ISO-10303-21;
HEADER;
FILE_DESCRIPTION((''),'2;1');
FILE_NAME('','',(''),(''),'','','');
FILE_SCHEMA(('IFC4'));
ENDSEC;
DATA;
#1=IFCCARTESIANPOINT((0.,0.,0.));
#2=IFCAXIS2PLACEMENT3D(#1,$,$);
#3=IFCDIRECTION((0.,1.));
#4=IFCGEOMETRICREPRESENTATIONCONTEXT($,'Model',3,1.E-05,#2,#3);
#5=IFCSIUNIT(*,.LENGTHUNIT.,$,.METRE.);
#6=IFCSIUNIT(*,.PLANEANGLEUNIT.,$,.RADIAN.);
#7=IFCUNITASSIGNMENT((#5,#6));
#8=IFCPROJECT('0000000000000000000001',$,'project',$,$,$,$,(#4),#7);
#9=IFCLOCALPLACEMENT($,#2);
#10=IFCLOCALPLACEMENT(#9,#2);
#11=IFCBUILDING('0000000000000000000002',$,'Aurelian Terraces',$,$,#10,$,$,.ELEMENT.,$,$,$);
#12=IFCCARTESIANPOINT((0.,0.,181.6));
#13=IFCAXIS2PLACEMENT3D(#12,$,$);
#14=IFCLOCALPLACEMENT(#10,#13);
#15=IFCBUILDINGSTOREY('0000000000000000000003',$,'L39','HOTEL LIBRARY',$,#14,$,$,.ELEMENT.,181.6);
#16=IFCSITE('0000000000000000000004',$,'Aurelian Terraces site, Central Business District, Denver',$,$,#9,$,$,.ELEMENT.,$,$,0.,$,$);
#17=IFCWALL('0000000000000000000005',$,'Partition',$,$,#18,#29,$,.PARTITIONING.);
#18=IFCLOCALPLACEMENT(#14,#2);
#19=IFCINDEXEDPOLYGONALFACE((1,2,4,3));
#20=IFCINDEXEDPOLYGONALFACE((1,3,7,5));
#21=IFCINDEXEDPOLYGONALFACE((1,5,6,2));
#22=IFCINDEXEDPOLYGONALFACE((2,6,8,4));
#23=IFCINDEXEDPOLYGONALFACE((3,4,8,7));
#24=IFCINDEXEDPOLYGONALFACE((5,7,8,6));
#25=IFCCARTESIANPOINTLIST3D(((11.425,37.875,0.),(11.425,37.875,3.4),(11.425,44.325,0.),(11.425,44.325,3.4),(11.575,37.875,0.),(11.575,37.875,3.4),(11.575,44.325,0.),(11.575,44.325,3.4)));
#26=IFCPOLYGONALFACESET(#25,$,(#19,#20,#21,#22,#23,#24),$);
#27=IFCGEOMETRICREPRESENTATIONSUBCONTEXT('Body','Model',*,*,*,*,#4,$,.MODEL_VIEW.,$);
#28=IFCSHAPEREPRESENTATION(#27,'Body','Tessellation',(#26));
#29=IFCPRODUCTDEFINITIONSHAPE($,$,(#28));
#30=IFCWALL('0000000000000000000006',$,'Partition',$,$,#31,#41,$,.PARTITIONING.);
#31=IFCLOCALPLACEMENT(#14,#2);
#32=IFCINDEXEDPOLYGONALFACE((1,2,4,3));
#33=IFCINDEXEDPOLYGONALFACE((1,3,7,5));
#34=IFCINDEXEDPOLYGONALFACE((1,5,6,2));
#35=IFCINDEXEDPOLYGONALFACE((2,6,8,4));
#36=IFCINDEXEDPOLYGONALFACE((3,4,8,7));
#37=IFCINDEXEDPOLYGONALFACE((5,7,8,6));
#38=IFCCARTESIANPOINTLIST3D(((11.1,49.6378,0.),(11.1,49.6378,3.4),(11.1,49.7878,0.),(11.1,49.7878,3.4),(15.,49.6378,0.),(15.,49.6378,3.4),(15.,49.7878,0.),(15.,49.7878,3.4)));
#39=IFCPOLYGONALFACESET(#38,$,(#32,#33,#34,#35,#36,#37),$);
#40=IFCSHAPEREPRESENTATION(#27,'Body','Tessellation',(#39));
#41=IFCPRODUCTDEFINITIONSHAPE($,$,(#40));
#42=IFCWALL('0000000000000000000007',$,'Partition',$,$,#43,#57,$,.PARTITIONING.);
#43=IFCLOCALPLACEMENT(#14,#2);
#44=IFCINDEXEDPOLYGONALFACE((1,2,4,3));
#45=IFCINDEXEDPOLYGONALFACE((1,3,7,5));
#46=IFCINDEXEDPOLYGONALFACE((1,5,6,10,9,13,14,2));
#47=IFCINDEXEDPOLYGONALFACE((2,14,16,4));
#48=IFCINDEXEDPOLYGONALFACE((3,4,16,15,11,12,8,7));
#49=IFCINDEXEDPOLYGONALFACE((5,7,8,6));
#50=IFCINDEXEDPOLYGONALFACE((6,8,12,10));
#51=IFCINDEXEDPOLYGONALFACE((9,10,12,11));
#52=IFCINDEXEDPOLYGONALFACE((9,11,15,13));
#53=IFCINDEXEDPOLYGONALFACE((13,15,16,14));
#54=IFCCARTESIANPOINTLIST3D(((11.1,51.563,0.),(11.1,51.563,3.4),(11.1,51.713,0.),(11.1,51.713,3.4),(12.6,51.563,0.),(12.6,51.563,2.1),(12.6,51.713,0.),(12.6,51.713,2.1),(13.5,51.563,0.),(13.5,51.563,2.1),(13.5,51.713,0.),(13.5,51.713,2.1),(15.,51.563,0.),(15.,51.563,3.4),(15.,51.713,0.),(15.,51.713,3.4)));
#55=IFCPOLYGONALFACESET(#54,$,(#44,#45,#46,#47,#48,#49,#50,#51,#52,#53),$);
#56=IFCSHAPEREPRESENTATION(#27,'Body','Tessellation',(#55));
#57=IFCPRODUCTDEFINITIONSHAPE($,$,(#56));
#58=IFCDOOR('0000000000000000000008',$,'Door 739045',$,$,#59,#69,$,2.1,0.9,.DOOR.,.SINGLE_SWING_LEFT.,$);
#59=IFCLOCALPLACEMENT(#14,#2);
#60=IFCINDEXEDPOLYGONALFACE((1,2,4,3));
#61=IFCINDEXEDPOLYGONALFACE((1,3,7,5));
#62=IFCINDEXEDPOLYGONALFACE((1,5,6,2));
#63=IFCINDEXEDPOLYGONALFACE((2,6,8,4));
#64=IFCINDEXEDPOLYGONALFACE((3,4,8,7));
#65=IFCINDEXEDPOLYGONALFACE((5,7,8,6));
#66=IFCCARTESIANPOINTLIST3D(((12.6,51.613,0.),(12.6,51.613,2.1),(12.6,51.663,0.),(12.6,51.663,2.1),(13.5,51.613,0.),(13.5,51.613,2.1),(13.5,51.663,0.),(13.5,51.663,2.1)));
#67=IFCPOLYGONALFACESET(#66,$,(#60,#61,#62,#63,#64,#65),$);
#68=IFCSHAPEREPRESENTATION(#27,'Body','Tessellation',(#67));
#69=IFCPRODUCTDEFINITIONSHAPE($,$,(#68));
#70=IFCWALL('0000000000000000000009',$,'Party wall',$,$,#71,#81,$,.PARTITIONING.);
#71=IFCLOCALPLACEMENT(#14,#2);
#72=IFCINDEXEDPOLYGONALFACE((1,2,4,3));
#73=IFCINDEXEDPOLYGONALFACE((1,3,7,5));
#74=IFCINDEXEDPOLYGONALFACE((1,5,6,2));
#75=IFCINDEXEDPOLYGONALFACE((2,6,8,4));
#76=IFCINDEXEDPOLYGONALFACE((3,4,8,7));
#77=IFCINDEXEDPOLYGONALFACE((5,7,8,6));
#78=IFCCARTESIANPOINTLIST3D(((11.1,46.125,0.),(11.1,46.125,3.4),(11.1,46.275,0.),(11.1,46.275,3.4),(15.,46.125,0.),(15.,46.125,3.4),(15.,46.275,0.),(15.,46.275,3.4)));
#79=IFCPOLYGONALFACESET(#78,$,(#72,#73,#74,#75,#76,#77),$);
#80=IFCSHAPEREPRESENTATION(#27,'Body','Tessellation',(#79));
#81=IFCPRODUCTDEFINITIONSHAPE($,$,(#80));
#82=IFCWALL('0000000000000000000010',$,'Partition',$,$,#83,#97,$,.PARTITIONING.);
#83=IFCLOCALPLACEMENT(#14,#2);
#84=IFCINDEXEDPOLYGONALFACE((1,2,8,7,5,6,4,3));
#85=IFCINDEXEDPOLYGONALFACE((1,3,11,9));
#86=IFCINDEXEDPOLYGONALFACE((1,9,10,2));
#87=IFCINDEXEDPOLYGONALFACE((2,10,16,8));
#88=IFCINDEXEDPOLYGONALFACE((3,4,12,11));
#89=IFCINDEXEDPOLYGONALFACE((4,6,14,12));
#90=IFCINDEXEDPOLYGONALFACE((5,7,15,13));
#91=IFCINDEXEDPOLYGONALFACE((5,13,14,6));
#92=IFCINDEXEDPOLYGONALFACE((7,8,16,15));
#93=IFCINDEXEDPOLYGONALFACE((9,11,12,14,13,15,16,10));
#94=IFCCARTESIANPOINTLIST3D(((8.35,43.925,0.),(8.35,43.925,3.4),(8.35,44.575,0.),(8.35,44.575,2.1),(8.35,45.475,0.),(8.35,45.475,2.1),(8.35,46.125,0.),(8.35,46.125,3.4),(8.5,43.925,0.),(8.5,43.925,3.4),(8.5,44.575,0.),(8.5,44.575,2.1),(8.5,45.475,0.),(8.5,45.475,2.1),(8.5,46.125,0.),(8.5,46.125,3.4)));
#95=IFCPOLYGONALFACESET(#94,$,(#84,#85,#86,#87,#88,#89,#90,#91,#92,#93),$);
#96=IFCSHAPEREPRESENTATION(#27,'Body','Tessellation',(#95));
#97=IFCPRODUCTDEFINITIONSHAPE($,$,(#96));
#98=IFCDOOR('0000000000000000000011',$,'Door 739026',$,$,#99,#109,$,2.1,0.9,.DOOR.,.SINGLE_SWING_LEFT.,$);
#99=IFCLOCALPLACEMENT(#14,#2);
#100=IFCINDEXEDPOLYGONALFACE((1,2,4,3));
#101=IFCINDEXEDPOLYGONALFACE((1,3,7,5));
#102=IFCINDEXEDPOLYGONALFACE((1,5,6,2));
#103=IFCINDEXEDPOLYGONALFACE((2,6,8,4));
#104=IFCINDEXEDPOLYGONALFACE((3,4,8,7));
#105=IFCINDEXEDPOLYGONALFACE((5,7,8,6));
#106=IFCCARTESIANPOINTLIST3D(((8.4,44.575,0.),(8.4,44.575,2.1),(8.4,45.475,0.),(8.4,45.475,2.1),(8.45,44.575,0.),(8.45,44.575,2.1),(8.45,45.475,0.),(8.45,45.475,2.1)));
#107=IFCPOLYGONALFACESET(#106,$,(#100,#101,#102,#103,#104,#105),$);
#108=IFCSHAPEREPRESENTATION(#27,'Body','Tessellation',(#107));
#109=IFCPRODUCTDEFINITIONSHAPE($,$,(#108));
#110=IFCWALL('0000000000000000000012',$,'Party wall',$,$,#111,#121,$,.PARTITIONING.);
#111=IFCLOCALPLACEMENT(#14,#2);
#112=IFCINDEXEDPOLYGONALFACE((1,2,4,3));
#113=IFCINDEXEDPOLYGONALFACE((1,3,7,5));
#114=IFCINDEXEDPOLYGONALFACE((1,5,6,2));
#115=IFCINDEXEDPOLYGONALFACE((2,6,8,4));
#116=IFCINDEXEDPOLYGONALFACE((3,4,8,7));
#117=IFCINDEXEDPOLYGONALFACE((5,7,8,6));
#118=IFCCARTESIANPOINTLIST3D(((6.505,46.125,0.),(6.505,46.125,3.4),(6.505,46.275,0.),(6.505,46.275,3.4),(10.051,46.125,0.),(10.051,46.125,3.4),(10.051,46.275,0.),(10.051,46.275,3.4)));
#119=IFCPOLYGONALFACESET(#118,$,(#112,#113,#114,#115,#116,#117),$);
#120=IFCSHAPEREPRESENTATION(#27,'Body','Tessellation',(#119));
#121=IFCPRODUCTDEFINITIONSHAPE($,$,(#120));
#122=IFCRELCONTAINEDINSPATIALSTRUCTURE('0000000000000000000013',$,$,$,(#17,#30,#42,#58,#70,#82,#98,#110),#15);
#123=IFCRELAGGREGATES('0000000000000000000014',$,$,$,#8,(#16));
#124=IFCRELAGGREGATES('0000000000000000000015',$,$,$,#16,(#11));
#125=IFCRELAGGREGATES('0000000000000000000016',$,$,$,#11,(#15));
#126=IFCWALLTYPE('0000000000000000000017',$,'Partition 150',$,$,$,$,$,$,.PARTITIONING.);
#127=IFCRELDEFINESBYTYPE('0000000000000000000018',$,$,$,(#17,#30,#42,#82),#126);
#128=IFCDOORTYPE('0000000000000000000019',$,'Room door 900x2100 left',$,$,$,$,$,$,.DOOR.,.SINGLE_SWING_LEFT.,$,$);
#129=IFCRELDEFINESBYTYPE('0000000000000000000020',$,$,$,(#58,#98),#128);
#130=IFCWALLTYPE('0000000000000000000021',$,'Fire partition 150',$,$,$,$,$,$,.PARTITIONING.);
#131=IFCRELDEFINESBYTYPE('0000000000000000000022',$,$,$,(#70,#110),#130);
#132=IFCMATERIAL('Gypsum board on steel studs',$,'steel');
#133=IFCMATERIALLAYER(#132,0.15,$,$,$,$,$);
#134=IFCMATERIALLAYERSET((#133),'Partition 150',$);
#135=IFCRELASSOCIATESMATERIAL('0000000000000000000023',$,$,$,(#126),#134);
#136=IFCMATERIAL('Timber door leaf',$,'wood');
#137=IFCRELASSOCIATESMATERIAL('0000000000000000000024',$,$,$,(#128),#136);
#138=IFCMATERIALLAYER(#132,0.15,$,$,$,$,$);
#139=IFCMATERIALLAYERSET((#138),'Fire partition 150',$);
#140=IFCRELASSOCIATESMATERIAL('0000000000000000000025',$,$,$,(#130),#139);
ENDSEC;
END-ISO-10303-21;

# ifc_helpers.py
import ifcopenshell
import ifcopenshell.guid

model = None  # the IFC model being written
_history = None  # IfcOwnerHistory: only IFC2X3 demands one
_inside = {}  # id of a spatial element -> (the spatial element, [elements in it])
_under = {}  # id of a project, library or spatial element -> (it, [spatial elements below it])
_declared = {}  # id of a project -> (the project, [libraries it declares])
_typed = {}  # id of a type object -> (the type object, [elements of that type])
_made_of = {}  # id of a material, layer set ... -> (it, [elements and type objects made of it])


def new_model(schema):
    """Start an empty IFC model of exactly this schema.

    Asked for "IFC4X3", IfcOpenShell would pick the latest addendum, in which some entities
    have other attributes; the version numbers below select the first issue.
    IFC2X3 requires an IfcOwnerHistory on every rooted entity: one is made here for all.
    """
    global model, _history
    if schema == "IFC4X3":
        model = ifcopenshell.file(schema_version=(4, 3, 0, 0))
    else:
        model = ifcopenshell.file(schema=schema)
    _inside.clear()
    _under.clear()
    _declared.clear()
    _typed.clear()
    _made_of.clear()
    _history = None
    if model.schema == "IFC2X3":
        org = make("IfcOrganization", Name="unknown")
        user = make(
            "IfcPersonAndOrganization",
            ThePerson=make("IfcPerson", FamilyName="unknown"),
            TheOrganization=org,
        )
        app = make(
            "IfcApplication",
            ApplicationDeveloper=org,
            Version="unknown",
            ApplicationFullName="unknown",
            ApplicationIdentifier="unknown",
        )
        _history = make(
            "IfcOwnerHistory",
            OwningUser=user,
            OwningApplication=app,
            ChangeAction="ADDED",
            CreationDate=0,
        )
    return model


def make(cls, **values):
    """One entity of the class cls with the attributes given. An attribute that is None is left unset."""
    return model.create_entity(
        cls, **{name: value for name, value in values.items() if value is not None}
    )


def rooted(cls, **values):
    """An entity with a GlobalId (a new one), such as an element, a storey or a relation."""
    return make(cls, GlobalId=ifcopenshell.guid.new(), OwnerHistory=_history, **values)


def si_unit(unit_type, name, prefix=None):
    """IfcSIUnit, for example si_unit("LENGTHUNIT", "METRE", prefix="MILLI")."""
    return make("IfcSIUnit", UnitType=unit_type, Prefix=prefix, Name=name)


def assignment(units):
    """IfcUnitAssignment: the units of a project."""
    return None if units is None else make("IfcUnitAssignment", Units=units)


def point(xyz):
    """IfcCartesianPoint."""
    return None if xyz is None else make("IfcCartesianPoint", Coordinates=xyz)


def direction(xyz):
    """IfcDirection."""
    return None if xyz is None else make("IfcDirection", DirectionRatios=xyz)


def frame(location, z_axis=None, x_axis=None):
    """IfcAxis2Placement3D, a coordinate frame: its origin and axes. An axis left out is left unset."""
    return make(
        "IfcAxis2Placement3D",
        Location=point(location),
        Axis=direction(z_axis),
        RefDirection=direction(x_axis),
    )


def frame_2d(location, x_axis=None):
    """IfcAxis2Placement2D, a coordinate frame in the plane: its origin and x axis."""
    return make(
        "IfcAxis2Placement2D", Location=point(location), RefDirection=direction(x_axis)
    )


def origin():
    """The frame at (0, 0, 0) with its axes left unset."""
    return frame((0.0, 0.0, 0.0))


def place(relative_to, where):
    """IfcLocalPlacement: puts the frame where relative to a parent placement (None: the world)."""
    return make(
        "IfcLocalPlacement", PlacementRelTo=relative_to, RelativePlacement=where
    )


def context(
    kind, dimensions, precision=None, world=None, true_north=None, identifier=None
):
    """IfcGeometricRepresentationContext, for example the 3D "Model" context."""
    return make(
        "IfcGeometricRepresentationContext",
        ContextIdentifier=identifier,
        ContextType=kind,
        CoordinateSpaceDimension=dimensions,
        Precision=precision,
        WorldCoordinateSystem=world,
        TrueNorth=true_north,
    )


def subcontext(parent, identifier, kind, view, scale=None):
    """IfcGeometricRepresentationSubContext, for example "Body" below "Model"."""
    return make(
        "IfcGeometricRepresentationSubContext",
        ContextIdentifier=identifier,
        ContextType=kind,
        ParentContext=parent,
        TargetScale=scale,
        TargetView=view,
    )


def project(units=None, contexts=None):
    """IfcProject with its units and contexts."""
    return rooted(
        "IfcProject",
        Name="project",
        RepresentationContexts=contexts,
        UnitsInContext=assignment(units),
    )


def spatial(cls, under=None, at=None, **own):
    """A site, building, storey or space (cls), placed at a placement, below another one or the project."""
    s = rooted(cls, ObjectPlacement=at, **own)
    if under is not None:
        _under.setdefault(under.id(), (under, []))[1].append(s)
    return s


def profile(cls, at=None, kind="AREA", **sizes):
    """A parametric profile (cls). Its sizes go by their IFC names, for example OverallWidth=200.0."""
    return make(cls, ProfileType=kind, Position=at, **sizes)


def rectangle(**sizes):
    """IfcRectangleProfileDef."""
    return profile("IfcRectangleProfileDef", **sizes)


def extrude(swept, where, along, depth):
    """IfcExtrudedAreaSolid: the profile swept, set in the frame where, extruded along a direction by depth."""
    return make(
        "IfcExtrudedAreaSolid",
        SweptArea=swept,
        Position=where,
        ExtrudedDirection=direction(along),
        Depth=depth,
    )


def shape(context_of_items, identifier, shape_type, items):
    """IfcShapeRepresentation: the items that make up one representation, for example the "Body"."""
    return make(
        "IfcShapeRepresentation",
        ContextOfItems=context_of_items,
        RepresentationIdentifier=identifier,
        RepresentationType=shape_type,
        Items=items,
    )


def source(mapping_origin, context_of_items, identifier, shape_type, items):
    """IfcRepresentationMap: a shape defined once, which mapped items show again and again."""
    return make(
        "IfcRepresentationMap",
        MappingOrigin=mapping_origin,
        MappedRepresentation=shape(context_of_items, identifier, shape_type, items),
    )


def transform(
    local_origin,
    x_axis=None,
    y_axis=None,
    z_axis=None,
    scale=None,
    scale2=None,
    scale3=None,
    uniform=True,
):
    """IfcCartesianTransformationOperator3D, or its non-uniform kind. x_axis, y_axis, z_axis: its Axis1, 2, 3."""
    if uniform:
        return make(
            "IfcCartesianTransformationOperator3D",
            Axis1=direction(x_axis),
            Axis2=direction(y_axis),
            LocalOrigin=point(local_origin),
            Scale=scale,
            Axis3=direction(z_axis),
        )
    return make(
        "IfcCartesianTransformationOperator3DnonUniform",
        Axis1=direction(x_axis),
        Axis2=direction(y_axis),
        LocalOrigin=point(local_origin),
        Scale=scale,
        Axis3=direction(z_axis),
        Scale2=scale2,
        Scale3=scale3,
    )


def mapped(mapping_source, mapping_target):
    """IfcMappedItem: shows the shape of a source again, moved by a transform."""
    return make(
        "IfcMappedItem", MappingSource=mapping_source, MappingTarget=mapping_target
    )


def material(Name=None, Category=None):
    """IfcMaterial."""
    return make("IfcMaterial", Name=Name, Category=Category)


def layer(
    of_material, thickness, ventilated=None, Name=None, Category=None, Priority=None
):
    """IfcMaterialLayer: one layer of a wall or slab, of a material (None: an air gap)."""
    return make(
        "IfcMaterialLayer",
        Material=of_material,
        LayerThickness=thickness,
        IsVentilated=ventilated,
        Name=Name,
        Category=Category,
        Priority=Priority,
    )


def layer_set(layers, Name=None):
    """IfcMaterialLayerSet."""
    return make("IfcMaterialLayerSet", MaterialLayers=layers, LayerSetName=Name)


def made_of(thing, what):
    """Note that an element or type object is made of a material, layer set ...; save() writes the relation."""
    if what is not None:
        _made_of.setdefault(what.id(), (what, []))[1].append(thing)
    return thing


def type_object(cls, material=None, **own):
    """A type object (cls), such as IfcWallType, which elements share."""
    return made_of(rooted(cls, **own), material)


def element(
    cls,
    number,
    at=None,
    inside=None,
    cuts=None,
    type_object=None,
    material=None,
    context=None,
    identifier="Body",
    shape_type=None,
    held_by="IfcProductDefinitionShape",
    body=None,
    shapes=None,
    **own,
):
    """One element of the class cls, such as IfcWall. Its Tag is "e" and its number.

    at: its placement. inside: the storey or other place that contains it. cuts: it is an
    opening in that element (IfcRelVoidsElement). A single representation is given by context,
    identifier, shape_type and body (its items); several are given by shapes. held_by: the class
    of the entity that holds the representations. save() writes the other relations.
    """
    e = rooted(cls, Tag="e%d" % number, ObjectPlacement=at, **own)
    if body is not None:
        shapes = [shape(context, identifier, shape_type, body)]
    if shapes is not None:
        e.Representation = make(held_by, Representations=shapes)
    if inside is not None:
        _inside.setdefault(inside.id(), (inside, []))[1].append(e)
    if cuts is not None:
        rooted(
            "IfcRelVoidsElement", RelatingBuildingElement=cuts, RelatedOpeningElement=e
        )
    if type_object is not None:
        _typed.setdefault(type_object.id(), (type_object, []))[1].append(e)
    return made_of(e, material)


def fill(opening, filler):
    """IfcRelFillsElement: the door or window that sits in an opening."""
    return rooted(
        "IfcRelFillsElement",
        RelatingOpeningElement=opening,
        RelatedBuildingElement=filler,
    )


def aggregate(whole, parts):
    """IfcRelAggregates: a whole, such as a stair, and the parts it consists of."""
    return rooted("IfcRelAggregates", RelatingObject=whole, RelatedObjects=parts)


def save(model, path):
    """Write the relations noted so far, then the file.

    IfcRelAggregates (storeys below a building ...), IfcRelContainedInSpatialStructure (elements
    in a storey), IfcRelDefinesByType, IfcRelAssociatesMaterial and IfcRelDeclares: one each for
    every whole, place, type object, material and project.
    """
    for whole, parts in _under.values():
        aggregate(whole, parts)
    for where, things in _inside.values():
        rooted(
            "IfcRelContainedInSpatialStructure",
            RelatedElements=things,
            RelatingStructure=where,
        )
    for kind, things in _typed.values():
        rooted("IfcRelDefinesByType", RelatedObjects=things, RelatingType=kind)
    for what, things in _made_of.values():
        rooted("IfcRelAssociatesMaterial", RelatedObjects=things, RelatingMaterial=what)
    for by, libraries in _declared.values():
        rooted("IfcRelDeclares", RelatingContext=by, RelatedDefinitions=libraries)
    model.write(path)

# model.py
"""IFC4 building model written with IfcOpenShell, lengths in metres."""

from ifc_helpers import new_model, si_unit, direction, frame, frame_2d, origin, place, context, subcontext, project, spatial, rectangle, extrude, source, transform, mapped, material, layer, layer_set, type_object, element, fill, save


model = new_model("IFC4")

# Units and contexts
model_context = context("Model", 3, precision=1e-05, world=origin(), true_north=direction((0.0, 1.0)))
body_context = subcontext(model_context, "Body", "Model", "MODEL_VIEW")
ifc_project = project(units=[si_unit("LENGTHUNIT", "METRE"), si_unit("PLANEANGLEUNIT", "RADIAN")], contexts=[model_context])

# Site, building, storey
site_placement = place(None, origin())
site = spatial("IfcSite", under=ifc_project, at=site_placement, Name="Aurelian Terraces site, Central Business District, Denver", CompositionType="ELEMENT", RefElevation=0.0)
building_placement = place(site_placement, origin())
building = spatial("IfcBuilding", under=site, at=building_placement, Name="Aurelian Terraces", CompositionType="ELEMENT")
storey_placement = place(building_placement, frame((0.0, 0.0, 181.6)))
storey = spatial("IfcBuildingStorey", under=building, at=storey_placement, Name="L39", Description="HOTEL LIBRARY", CompositionType="ELEMENT", Elevation=181.6)

# Walls
ifc_material_1 = material(Name="Gypsum board on steel studs", Category="steel")
ifc_layer_1 = layer(ifc_material_1, 0.15)
ifc_layer_set_1 = layer_set([ifc_layer_1], Name="Partition 150")
wall_type_1 = type_object("IfcWallType", Name="Partition 150", PredefinedType="PARTITIONING", material=ifc_layer_set_1)
shared_shape_1 = source(origin(), body_context, "Body", "SweptSolid", [
    extrude(rectangle(XDim=6.45, YDim=0.15, at=frame_2d((3.225, 0.0))), origin(), (0.0, 0.0, 1.0), 3.4),
])
wall_1_placement = place(storey_placement, frame((11.5, 44.325, 0.0), z_axis=(0.0, 0.0, 1.0), x_axis=(0.0, -1.0, 0.0)))
element("IfcWall", 1, at=wall_1_placement, inside=storey, type_object=wall_type_1, Name="Partition", PredefinedType="PARTITIONING", context=body_context, shape_type="MappedRepresentation", body=[
    mapped(shared_shape_1, transform((0.0, 0.0, 0.0), scale=1.0)),
])
shared_shape_2 = source(origin(), body_context, "Body", "SweptSolid", [
    extrude(rectangle(XDim=3.9, YDim=0.15, at=frame_2d((1.95, 0.0))), origin(), (0.0, 0.0, 1.0), 3.4),
])
wall_2_placement = place(storey_placement, frame((15.0, 49.7128, 0.0), z_axis=(0.0, 0.0, 1.0), x_axis=(-1.0, 0.0, 0.0)))
element("IfcWall", 2, at=wall_2_placement, inside=storey, type_object=wall_type_1, Name="Partition", PredefinedType="PARTITIONING", context=body_context, shape_type="MappedRepresentation", body=[
    mapped(shared_shape_2, transform((0.0, 0.0, 0.0), scale=1.0)),
])

# Wall, opening, door
wall_3_placement = place(storey_placement, frame((15.0, 51.638, 0.0), z_axis=(0.0, 0.0, 1.0), x_axis=(-1.0, 0.0, 0.0)))
wall_3 = element("IfcWall", 3, at=wall_3_placement, inside=storey, type_object=wall_type_1, Name="Partition", PredefinedType="PARTITIONING", context=body_context, shape_type="MappedRepresentation", body=[
    mapped(shared_shape_2, transform((0.0, 0.0, 0.0), scale=1.0)),
])
shared_shape_3 = source(origin(), body_context, "Body", "SweptSolid", [
    extrude(rectangle(XDim=0.9, YDim=2.1, at=frame_2d((0.45, 1.05))), frame((0.0, 0.085, 0.0), z_axis=(0.0, -1.0, 0.0), x_axis=(1.0, 0.0, 0.0)), (0.0, 0.0, 1.0), 0.17),
])
opening_1_placement = place(wall_3_placement, frame((1.5, 0.0, 0.0)))
opening_1 = element("IfcOpeningElement", 4, at=opening_1_placement, cuts=wall_3, PredefinedType="OPENING", context=body_context, shape_type="MappedRepresentation", body=[
    mapped(shared_shape_3, transform((0.0, 0.0, 0.0), scale=1.0)),
])
ifc_material_2 = material(Name="Timber door leaf", Category="wood")
door_type_1 = type_object("IfcDoorType", Name="Room door 900x2100 left", OperationType="SINGLE_SWING_LEFT", PredefinedType="DOOR", material=ifc_material_2)
shared_shape_4 = source(origin(), body_context, "Body", "SweptSolid", [
    extrude(rectangle(XDim=0.9, YDim=2.1, at=frame_2d((0.45, 1.05))), frame((0.0, 0.025, 0.0), z_axis=(0.0, -1.0, 0.0), x_axis=(1.0, 0.0, 0.0)), (0.0, 0.0, 1.0), 0.05),
])
door_1_placement = place(opening_1_placement, origin())
door_1 = element("IfcDoor", 5, at=door_1_placement, inside=storey, type_object=door_type_1, Name="Door 739045", OperationType="SINGLE_SWING_LEFT", OverallHeight=2.1, OverallWidth=0.9, PredefinedType="DOOR", context=body_context, shape_type="MappedRepresentation", body=[
    mapped(shared_shape_4, transform((0.0, 0.0, 0.0), scale=1.0)),
])
fill(opening_1, door_1)

# Wall
ifc_layer_2 = layer(ifc_material_1, 0.15)
ifc_layer_set_2 = layer_set([ifc_layer_2], Name="Fire partition 150")
wall_type_2 = type_object("IfcWallType", Name="Fire partition 150", PredefinedType="PARTITIONING", material=ifc_layer_set_2)
wall_4_placement = place(storey_placement, frame((15.0, 46.2, 0.0), z_axis=(0.0, 0.0, 1.0), x_axis=(-1.0, 0.0, 0.0)))
element("IfcWall", 6, at=wall_4_placement, inside=storey, type_object=wall_type_2, Name="Party wall", PredefinedType="PARTITIONING", context=body_context, shape_type="MappedRepresentation", body=[
    mapped(shared_shape_2, transform((0.0, 0.0, 0.0), scale=1.0)),
])

# Wall, opening, door
shared_shape_5 = source(origin(), body_context, "Body", "SweptSolid", [
    extrude(rectangle(XDim=2.2, YDim=0.15, at=frame_2d((1.1, 0.0))), origin(), (0.0, 0.0, 1.0), 3.4),
])
wall_5_placement = place(storey_placement, frame((8.425, 43.925, 0.0), z_axis=(0.0, 0.0, 1.0), x_axis=(0.0, 1.0, 0.0)))
wall_5 = element("IfcWall", 7, at=wall_5_placement, inside=storey, type_object=wall_type_1, Name="Partition", PredefinedType="PARTITIONING", context=body_context, shape_type="MappedRepresentation", body=[
    mapped(shared_shape_5, transform((0.0, 0.0, 0.0), scale=1.0)),
])
opening_2_placement = place(wall_5_placement, frame((0.65, 0.0, 0.0)))
opening_2 = element("IfcOpeningElement", 8, at=opening_2_placement, cuts=wall_5, PredefinedType="OPENING", context=body_context, shape_type="MappedRepresentation", body=[
    mapped(shared_shape_3, transform((0.0, 0.0, 0.0), scale=1.0)),
])
door_2_placement = place(opening_2_placement, origin())
door_2 = element("IfcDoor", 9, at=door_2_placement, inside=storey, type_object=door_type_1, Name="Door 739026", OperationType="SINGLE_SWING_LEFT", OverallHeight=2.1, OverallWidth=0.9, PredefinedType="DOOR", context=body_context, shape_type="MappedRepresentation", body=[
    mapped(shared_shape_4, transform((0.0, 0.0, 0.0), scale=1.0)),
])
fill(opening_2, door_2)

# Wall
shared_shape_6 = source(origin(), body_context, "Body", "SweptSolid", [
    extrude(rectangle(XDim=3.546, YDim=0.15, at=frame_2d((1.773, 0.0))), origin(), (0.0, 0.0, 1.0), 3.4),
])
wall_6_placement = place(storey_placement, frame((10.051, 46.2, 0.0), z_axis=(0.0, 0.0, 1.0), x_axis=(-1.0, 0.0, 0.0)))
element("IfcWall", 10, at=wall_6_placement, inside=storey, type_object=wall_type_2, Name="Party wall", PredefinedType="PARTITIONING", context=body_context, shape_type="MappedRepresentation", body=[
    mapped(shared_shape_6, transform((0.0, 0.0, 0.0), scale=1.0)),
])

save(model, "model.ifc")
